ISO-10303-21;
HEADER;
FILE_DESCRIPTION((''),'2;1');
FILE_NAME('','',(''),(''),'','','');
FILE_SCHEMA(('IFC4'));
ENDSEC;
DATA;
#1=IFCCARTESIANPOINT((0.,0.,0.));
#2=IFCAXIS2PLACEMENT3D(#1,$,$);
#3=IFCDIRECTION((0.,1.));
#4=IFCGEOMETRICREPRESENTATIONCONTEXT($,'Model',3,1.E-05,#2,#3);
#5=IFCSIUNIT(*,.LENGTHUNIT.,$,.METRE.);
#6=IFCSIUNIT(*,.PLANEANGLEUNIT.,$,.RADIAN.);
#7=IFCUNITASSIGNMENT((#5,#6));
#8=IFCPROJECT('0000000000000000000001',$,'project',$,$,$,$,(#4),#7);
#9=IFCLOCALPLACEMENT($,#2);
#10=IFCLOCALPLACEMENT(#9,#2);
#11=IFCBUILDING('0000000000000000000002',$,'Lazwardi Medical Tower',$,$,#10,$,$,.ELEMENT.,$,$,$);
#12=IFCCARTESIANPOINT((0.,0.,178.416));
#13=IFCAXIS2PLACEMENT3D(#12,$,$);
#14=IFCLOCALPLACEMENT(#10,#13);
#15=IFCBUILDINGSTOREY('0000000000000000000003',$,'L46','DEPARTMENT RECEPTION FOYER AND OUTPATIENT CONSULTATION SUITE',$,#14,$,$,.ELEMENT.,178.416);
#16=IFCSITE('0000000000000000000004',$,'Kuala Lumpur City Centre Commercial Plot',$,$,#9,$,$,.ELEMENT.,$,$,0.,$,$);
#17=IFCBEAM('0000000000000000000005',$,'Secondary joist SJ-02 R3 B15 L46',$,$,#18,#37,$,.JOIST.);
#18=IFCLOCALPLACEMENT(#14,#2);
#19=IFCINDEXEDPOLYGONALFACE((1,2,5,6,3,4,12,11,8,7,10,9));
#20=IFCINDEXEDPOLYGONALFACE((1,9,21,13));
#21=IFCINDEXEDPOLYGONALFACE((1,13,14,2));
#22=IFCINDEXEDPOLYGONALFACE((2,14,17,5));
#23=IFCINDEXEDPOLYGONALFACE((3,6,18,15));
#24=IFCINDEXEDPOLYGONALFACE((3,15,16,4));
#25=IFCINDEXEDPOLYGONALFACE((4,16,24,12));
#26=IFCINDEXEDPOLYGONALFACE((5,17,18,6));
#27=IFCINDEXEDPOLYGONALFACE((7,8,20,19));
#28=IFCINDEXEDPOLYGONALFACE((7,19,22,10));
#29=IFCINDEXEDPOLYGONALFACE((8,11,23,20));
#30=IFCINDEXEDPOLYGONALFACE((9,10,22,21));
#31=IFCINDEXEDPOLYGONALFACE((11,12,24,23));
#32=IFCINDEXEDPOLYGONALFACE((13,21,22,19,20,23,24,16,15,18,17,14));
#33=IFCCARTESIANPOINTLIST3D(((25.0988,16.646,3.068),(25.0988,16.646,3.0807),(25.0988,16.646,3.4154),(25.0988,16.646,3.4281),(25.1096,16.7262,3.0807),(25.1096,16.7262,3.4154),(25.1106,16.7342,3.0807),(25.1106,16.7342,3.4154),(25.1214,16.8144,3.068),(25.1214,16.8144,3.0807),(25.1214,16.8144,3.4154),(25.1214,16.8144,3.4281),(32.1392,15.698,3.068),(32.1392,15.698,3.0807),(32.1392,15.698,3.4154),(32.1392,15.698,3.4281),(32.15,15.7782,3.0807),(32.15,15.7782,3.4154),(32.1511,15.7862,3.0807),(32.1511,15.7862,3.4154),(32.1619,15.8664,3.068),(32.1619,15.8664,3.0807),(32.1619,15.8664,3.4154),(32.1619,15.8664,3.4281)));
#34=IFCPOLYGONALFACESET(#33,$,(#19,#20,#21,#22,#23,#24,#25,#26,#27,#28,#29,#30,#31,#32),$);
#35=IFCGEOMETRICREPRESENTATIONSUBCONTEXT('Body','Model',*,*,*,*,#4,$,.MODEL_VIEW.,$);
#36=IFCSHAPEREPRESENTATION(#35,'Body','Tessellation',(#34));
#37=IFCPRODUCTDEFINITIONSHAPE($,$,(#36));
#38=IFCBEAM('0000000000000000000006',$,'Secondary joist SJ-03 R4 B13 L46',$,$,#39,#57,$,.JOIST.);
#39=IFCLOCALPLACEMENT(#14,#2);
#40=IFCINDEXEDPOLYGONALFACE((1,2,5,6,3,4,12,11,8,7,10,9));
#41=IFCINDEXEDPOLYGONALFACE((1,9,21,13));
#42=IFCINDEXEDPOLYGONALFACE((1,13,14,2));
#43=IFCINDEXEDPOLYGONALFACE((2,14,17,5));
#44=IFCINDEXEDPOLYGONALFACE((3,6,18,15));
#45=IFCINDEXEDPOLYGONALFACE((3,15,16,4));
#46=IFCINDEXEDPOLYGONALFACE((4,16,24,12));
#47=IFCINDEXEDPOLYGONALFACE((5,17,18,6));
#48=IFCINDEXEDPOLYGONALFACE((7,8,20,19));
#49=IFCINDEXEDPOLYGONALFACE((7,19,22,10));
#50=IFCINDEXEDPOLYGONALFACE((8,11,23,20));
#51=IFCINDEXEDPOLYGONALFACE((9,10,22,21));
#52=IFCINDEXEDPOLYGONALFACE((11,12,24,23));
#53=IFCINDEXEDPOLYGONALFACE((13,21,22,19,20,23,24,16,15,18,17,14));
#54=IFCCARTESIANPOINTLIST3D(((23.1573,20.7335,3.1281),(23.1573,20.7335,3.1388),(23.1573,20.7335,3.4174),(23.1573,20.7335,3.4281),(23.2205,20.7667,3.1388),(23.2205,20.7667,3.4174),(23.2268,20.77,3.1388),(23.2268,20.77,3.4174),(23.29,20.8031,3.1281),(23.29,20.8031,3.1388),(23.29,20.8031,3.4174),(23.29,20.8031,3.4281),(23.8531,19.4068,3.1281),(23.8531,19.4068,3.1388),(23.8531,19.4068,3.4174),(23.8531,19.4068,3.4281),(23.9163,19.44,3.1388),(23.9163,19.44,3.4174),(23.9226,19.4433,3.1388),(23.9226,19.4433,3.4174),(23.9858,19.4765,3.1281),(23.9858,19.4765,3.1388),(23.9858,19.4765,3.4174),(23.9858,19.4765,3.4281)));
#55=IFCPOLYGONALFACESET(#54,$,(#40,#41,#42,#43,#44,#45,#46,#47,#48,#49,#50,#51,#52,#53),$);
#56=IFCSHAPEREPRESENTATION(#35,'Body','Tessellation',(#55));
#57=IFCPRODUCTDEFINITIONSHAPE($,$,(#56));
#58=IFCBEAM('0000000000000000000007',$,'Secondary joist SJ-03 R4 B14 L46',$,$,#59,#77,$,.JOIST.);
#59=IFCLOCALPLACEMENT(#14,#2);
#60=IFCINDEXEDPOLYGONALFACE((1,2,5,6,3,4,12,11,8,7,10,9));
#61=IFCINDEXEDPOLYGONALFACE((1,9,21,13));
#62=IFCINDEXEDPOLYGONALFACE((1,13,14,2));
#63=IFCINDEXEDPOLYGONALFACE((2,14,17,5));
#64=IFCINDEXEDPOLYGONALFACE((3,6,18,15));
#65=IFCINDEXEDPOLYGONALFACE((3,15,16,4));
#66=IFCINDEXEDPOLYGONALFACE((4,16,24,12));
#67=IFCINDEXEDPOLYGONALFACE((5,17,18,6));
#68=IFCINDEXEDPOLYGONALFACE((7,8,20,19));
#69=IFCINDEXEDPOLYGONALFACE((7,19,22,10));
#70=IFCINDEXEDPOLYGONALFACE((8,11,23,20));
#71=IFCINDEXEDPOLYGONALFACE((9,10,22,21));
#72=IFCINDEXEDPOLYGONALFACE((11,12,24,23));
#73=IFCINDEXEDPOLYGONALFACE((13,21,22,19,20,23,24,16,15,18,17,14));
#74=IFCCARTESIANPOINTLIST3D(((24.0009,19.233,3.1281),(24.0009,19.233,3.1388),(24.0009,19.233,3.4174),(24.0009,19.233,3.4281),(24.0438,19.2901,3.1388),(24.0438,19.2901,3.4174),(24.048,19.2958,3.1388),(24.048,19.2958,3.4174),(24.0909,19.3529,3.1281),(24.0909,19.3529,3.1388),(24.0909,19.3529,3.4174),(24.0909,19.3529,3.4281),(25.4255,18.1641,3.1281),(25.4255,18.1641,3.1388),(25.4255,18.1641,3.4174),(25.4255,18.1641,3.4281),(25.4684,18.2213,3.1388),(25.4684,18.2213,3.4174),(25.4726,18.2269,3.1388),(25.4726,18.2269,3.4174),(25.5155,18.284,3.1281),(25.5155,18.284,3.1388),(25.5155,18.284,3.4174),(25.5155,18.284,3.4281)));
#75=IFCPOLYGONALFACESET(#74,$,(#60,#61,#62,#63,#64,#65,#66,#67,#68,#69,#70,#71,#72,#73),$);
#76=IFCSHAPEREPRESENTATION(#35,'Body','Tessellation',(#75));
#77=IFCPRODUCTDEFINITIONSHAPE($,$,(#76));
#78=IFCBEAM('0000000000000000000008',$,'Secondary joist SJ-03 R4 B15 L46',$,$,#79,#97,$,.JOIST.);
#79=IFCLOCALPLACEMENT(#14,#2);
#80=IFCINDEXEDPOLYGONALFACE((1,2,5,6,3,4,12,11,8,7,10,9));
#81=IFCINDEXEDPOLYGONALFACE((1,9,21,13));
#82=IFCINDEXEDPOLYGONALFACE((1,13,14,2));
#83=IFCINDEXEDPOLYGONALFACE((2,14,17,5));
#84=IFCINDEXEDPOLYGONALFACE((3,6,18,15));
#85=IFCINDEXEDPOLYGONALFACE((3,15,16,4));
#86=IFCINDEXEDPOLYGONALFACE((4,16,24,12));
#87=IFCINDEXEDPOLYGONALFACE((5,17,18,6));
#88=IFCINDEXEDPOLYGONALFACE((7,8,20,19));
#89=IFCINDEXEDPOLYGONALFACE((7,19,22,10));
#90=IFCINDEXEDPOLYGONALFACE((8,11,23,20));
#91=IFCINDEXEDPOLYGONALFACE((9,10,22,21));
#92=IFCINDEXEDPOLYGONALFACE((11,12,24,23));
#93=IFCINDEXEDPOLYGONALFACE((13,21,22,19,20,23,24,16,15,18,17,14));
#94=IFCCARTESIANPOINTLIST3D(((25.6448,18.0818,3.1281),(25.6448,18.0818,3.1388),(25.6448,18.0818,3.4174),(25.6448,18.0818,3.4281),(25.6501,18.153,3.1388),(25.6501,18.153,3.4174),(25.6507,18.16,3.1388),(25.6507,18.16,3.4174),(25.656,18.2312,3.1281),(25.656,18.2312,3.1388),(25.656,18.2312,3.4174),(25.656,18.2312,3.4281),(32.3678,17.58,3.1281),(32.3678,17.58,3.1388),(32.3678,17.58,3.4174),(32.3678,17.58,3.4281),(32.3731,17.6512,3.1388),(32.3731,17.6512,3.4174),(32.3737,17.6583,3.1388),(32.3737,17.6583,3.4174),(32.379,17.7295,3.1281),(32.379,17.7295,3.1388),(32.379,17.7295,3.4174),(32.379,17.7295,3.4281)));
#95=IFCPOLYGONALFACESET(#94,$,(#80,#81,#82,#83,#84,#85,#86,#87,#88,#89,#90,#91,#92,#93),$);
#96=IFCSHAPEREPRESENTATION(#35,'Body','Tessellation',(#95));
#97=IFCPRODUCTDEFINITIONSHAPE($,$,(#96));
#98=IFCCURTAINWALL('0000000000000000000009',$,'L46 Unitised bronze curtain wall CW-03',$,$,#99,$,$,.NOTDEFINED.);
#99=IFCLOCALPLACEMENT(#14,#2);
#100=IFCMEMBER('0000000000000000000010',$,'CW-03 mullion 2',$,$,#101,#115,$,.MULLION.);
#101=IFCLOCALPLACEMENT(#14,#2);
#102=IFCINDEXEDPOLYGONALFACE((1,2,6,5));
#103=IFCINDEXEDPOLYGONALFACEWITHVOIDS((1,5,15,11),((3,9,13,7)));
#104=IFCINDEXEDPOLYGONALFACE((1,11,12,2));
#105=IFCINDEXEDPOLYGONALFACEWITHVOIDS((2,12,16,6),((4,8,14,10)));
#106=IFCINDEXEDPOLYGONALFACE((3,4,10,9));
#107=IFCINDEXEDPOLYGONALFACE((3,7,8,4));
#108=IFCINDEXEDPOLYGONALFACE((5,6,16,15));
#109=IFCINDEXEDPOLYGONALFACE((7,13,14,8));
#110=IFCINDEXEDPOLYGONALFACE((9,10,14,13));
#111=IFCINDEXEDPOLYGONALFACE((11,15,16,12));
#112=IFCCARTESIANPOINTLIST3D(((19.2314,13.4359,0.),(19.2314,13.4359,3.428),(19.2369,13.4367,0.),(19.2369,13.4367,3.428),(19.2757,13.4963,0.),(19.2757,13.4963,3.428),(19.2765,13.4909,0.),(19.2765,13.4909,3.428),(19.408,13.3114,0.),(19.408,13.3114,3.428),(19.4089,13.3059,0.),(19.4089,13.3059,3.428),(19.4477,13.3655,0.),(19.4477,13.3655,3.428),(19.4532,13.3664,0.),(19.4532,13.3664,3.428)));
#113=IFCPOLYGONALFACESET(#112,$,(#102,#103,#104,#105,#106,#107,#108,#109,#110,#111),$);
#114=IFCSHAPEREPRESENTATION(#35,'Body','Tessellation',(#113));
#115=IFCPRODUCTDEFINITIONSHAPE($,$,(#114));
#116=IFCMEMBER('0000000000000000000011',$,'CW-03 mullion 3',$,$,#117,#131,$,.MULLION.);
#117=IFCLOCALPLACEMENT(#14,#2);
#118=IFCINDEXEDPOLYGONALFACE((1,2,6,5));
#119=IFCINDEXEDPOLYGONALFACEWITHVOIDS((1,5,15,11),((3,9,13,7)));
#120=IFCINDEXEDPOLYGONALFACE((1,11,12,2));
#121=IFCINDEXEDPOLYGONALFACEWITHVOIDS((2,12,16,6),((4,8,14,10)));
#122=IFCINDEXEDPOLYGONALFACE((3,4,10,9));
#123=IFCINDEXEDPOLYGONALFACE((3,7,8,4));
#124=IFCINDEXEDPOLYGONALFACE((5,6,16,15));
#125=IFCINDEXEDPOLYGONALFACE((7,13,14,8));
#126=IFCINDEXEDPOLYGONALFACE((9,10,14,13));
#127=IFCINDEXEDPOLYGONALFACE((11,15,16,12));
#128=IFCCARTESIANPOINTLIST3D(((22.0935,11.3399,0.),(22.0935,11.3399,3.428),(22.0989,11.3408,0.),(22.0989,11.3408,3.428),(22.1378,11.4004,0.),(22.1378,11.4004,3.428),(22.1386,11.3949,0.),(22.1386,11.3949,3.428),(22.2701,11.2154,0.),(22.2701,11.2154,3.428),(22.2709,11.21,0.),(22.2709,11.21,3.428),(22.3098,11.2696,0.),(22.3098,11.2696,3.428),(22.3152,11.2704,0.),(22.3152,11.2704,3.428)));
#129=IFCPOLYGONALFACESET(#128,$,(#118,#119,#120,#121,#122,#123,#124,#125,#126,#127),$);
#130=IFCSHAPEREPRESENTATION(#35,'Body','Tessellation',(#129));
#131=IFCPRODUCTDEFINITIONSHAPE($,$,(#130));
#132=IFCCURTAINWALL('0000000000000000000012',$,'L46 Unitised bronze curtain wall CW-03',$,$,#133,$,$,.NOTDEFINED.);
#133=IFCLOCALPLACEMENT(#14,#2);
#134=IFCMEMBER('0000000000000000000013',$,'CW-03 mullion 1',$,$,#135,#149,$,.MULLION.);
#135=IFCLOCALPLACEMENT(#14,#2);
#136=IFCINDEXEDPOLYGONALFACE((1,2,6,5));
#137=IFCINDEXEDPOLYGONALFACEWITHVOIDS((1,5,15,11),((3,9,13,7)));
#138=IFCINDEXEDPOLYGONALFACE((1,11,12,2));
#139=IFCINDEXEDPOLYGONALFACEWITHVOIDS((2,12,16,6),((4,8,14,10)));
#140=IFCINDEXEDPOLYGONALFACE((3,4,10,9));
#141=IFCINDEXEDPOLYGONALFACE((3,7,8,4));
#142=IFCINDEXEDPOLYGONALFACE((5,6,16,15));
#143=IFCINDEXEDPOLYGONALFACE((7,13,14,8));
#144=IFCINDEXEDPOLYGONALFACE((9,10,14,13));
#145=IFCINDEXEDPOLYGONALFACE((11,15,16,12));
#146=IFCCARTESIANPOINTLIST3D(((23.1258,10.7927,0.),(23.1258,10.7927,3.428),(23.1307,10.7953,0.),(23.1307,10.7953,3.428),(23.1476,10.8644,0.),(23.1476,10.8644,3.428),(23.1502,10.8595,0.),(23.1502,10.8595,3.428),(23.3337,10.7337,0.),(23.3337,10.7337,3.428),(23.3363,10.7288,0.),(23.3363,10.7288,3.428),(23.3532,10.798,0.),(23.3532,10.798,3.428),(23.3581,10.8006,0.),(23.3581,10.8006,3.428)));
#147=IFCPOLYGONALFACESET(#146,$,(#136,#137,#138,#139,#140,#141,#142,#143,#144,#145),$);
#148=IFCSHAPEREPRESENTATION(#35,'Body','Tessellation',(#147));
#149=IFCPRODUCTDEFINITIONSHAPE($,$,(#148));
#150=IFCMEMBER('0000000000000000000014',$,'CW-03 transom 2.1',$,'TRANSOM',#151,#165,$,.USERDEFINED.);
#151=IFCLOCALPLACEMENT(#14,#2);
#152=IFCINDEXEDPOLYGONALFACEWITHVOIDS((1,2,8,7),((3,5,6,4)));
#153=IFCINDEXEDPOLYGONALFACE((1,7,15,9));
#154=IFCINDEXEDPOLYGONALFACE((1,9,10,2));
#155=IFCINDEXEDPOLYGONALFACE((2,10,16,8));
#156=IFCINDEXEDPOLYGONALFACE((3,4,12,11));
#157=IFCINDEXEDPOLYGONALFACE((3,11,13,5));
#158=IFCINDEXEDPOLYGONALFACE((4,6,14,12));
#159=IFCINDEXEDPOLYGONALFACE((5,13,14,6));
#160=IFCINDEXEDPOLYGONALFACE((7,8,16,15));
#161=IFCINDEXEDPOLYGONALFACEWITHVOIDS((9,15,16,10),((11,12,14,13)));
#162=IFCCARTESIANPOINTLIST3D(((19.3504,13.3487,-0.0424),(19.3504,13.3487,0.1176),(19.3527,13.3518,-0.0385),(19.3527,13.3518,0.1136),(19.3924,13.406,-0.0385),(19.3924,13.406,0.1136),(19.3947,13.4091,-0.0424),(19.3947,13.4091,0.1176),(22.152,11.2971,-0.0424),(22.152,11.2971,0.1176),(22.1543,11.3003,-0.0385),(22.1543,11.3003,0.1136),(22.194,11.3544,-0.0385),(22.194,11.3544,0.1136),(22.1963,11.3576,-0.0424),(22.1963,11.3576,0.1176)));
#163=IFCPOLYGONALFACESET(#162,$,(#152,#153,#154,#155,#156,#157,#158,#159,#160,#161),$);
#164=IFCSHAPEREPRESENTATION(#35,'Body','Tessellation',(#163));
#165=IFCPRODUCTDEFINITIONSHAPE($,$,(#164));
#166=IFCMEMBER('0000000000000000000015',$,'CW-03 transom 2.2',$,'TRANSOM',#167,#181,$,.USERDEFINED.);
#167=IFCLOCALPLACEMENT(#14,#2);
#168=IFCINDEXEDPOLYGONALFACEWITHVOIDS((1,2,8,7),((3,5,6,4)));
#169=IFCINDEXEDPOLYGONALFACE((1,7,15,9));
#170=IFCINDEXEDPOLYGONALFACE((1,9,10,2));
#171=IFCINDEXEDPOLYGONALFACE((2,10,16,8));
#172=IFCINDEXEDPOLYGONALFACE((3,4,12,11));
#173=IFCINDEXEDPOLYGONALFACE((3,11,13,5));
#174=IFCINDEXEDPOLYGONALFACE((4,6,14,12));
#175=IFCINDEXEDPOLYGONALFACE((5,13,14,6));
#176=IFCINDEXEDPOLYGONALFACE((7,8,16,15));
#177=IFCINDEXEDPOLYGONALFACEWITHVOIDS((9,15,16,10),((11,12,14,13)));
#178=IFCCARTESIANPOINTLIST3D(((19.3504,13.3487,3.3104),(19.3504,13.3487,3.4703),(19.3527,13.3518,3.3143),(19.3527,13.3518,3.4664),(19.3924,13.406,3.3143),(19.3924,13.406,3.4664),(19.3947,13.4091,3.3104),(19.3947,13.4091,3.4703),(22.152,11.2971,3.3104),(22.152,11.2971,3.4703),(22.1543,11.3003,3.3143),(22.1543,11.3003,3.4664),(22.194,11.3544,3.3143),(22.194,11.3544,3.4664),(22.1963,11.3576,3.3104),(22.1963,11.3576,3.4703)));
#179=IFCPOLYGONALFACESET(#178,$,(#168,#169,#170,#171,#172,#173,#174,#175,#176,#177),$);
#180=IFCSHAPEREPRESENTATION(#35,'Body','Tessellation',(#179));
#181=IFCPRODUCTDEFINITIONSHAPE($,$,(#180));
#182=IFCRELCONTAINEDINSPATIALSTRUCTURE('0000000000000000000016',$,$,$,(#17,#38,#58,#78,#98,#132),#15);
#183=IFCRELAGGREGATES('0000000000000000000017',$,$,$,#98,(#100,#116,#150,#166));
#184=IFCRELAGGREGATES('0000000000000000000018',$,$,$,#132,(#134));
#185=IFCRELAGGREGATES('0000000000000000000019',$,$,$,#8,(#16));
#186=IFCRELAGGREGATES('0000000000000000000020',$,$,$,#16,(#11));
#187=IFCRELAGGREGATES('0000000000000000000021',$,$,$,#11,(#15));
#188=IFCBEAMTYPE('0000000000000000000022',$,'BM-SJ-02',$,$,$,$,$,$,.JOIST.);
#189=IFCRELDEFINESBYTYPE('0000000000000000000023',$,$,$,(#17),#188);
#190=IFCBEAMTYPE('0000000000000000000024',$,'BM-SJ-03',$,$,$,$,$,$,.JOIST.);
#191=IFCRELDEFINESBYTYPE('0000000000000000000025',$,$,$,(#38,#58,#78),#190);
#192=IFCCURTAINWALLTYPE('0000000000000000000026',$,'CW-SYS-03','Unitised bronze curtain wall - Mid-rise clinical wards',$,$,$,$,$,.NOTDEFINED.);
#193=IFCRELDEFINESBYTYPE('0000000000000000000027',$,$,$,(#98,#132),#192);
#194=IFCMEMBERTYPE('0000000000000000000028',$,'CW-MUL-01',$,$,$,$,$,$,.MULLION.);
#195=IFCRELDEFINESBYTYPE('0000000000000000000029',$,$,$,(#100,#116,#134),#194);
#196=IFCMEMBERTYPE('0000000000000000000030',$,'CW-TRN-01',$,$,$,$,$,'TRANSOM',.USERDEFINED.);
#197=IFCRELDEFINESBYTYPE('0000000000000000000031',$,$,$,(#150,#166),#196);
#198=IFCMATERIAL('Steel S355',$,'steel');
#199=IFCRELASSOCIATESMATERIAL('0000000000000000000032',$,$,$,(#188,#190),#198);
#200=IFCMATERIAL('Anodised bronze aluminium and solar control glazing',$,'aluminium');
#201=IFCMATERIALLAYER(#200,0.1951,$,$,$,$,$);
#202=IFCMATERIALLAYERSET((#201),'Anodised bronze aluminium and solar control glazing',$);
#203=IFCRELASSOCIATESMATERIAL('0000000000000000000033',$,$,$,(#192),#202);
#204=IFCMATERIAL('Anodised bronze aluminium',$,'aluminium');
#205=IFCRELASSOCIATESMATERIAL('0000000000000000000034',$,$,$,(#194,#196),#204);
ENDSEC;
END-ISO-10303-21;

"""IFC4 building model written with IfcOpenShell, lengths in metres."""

from ifc_helpers import new_model, si_unit, direction, frame, origin, origin_2d, place, context, subcontext, project, spatial, hollow_rectangle, i_section, extrude, material, layer, layer_set, material_profile, profile_set, type_object, element, aggregate, save


model = new_model("IFC4")

# Units and contexts
model_context = context("Model", 3, precision=1e-05, world=origin(), true_north=direction((0.0, 1.0)))
body_context = subcontext(model_context, "Body", "Model", "MODEL_VIEW")
ifc_project = project(units=[si_unit("LENGTHUNIT", "METRE"), si_unit("PLANEANGLEUNIT", "RADIAN")], contexts=[model_context])

# Site, building, storey
site_placement = place(None, origin())
site = spatial("IfcSite", under=ifc_project, at=site_placement, Name="Kuala Lumpur City Centre Commercial Plot", CompositionType="ELEMENT", RefElevation=0.0)
building_placement = place(site_placement, origin())
building = spatial("IfcBuilding", under=site, at=building_placement, Name="Lazwardi Medical Tower", CompositionType="ELEMENT")
storey_placement = place(building_placement, frame((0.0, 0.0, 178.416)))
storey = spatial("IfcBuildingStorey", under=building, at=storey_placement, Name="L46", Description="DEPARTMENT RECEPTION FOYER AND OUTPATIENT CONSULTATION SUITE", CompositionType="ELEMENT", Elevation=178.416)

# Beams
ifc_material_1 = material(Name="Steel S355", Category="steel")
ifc_material_profile_1 = material_profile(ifc_material_1, i_section(OverallWidth=0.1699, OverallDepth=0.3601, WebThickness=0.0081, FlangeThickness=0.0127, at=origin_2d()), Name="IPE 360")
ifc_profile_set_1 = profile_set([ifc_material_profile_1], Name="Steel S355")
beam_type_1 = type_object("IfcBeamType", Name="BM-SJ-02", PredefinedType="JOIST", material=ifc_profile_set_1)
beam_1_placement = place(storey_placement, frame((25.1101, 16.7302, 3.248), z_axis=(0.991056, -0.133444, 0.0), x_axis=(0.133444, 0.991056, 0.0)))
element("IfcBeam", 1, at=beam_1_placement, inside=storey, type_object=beam_type_1, Name="Secondary joist SJ-02 R3 B15 L46", PredefinedType="JOIST", context=body_context, shape_type="SweptSolid", body=[
    extrude(i_section(OverallWidth=0.1699, OverallDepth=0.3601, WebThickness=0.0081, FlangeThickness=0.0127, at=origin_2d()), origin(), (0.0, 0.0, 1.0), 7.104),
])
ifc_material_profile_2 = material_profile(ifc_material_1, i_section(OverallWidth=0.1499, OverallDepth=0.3, WebThickness=0.0071, FlangeThickness=0.0107, at=origin_2d()), Name="IPE 300")
ifc_profile_set_2 = profile_set([ifc_material_profile_2], Name="Steel S355")
beam_type_2 = type_object("IfcBeamType", Name="BM-SJ-03", PredefinedType="JOIST", material=ifc_profile_set_2)
beam_2_placement = place(storey_placement, frame((23.2236, 20.7683, 3.2781), z_axis=(0.46447, -0.885589, 0.0), x_axis=(0.885589, 0.46447, 0.0)))
element("IfcBeam", 2, at=beam_2_placement, inside=storey, type_object=beam_type_2, Name="Secondary joist SJ-03 R4 B13 L46", PredefinedType="JOIST", context=body_context, shape_type="SweptSolid", body=[
    extrude(i_section(OverallWidth=0.1499, OverallDepth=0.3, WebThickness=0.0071, FlangeThickness=0.0107, at=origin_2d()), origin(), (0.0, 0.0, 1.0), 1.498),
])
beam_3_placement = place(storey_placement, frame((24.0459, 19.293, 3.2781), z_axis=(0.799885, -0.600154, 0.0), x_axis=(0.600154, 0.799885, 0.0)))
element("IfcBeam", 3, at=beam_3_placement, inside=storey, type_object=beam_type_2, Name="Secondary joist SJ-03 R4 B14 L46", PredefinedType="JOIST", context=body_context, shape_type="SweptSolid", body=[
    extrude(i_section(OverallWidth=0.1499, OverallDepth=0.3, WebThickness=0.0071, FlangeThickness=0.0107, at=origin_2d()), origin(), (0.0, 0.0, 1.0), 1.781),
])
beam_4_placement = place(storey_placement, frame((25.6504, 18.1565, 3.2781), z_axis=(0.997227, -0.07442, 0.0), x_axis=(0.07442, 0.997227, 0.0)))
element("IfcBeam", 4, at=beam_4_placement, inside=storey, type_object=beam_type_2, Name="Secondary joist SJ-03 R4 B15 L46", PredefinedType="JOIST", context=body_context, shape_type="SweptSolid", body=[
    extrude(i_section(OverallWidth=0.1499, OverallDepth=0.3, WebThickness=0.0071, FlangeThickness=0.0107, at=origin_2d()), origin(), (0.0, 0.0, 1.0), 6.7417),
])

# Curtain wall, members
ifc_material_2 = material(Name="Anodised bronze aluminium and solar control glazing", Category="aluminium")
ifc_layer_1 = layer(ifc_material_2, 0.1951)
ifc_layer_set_1 = layer_set([ifc_layer_1], Name="Anodised bronze aluminium and solar control glazing")
curtain_wall_type = type_object("IfcCurtainWallType", Name="CW-SYS-03", Description="Unitised bronze curtain wall - Mid-rise clinical wards", PredefinedType="NOTDEFINED", material=ifc_layer_set_1)
curtain_wall_1_placement = place(storey_placement, origin())
curtain_wall_1 = element("IfcCurtainWall", 5, at=curtain_wall_1_placement, inside=storey, type_object=curtain_wall_type, Name="L46 Unitised bronze curtain wall CW-03", PredefinedType="NOTDEFINED")
ifc_material_3 = material(Name="Anodised bronze aluminium", Category="aluminium")
ifc_material_profile_3 = material_profile(ifc_material_3, hollow_rectangle(XDim=0.075, YDim=0.22, WallThickness=0.0039, at=origin_2d()), Name="ALU-MULLION 220x75x4")
ifc_profile_set_3 = profile_set([ifc_material_profile_3], Name="Anodised bronze aluminium")
member_type_1 = type_object("IfcMemberType", Name="CW-MUL-01", PredefinedType="MULLION", material=ifc_profile_set_3)
member_1_placement = place(storey_placement, frame((19.3423, 13.4011, 0.0), z_axis=(0.0, 0.0, 1.0), x_axis=(0.590834, 0.806793, 0.0)))
member_1 = element("IfcMember", 6, at=member_1_placement, type_object=member_type_1, Name="CW-03 mullion 2", PredefinedType="MULLION", context=body_context, shape_type="SweptSolid", body=[
    extrude(hollow_rectangle(XDim=0.075, YDim=0.22, WallThickness=0.0039, at=origin_2d()), origin(), (0.0, 0.0, 1.0), 3.428),
])
member_2_placement = place(storey_placement, frame((22.2043, 11.3052, 0.0), z_axis=(0.0, 0.0, 1.0), x_axis=(0.590834, 0.806793, 0.0)))
member_2 = element("IfcMember", 7, at=member_2_placement, type_object=member_type_1, Name="CW-03 mullion 3", PredefinedType="MULLION", context=body_context, shape_type="SweptSolid", body=[
    extrude(hollow_rectangle(XDim=0.075, YDim=0.22, WallThickness=0.0039, at=origin_2d()), origin(), (0.0, 0.0, 1.0), 3.428),
])

# Curtain wall, member
curtain_wall_2_placement = place(storey_placement, origin())
curtain_wall_2 = element("IfcCurtainWall", 8, at=curtain_wall_2_placement, inside=storey, type_object=curtain_wall_type, Name="L46 Unitised bronze curtain wall CW-03", PredefinedType="NOTDEFINED")
member_3_placement = place(storey_placement, frame((23.2419, 10.7966, 0.0), z_axis=(0.0, 0.0, 1.0), x_axis=(0.290281, 0.956942, 0.0)))
member_3 = element("IfcMember", 9, at=member_3_placement, type_object=member_type_1, Name="CW-03 mullion 1", PredefinedType="MULLION", context=body_context, shape_type="SweptSolid", body=[
    extrude(hollow_rectangle(XDim=0.075, YDim=0.22, WallThickness=0.0039, at=origin_2d()), origin(), (0.0, 0.0, 1.0), 3.428),
])

# Members
ifc_material_profile_4 = material_profile(ifc_material_3, hollow_rectangle(XDim=0.075, YDim=0.1599, WallThickness=0.0039, at=origin_2d()), Name="ALU-TRANSOM 160x75x4")
ifc_profile_set_4 = profile_set([ifc_material_profile_4], Name="Anodised bronze aluminium")
member_type_2 = type_object("IfcMemberType", Name="CW-TRN-01", ElementType="TRANSOM", PredefinedType="USERDEFINED", material=ifc_profile_set_4)
member_4_placement = place(storey_placement, frame((19.3726, 13.3789, 0.0376), z_axis=(0.806807, -0.590815, 0.0), x_axis=(0.590815, 0.806807, 0.0)))
member_4 = element("IfcMember", 10, at=member_4_placement, type_object=member_type_2, Name="CW-03 transom 2.1", ObjectType="TRANSOM", PredefinedType="USERDEFINED", context=body_context, shape_type="SweptSolid", body=[
    extrude(hollow_rectangle(XDim=0.075, YDim=0.1599, WallThickness=0.0039, at=origin_2d()), origin(), (0.0, 0.0, 1.0), 3.4724),
])
member_5_placement = place(storey_placement, frame((19.3726, 13.3789, 3.3904), z_axis=(0.806807, -0.590815, 0.0), x_axis=(0.590815, 0.806807, 0.0)))
member_5 = element("IfcMember", 11, at=member_5_placement, type_object=member_type_2, Name="CW-03 transom 2.2", ObjectType="TRANSOM", PredefinedType="USERDEFINED", context=body_context, shape_type="SweptSolid", body=[
    extrude(hollow_rectangle(XDim=0.075, YDim=0.1599, WallThickness=0.0039, at=origin_2d()), origin(), (0.0, 0.0, 1.0), 3.4724),
])

aggregate(curtain_wall_1, [member_1, member_2, member_4, member_5])
aggregate(curtain_wall_2, [member_3])

save(model, "model.ifc")
